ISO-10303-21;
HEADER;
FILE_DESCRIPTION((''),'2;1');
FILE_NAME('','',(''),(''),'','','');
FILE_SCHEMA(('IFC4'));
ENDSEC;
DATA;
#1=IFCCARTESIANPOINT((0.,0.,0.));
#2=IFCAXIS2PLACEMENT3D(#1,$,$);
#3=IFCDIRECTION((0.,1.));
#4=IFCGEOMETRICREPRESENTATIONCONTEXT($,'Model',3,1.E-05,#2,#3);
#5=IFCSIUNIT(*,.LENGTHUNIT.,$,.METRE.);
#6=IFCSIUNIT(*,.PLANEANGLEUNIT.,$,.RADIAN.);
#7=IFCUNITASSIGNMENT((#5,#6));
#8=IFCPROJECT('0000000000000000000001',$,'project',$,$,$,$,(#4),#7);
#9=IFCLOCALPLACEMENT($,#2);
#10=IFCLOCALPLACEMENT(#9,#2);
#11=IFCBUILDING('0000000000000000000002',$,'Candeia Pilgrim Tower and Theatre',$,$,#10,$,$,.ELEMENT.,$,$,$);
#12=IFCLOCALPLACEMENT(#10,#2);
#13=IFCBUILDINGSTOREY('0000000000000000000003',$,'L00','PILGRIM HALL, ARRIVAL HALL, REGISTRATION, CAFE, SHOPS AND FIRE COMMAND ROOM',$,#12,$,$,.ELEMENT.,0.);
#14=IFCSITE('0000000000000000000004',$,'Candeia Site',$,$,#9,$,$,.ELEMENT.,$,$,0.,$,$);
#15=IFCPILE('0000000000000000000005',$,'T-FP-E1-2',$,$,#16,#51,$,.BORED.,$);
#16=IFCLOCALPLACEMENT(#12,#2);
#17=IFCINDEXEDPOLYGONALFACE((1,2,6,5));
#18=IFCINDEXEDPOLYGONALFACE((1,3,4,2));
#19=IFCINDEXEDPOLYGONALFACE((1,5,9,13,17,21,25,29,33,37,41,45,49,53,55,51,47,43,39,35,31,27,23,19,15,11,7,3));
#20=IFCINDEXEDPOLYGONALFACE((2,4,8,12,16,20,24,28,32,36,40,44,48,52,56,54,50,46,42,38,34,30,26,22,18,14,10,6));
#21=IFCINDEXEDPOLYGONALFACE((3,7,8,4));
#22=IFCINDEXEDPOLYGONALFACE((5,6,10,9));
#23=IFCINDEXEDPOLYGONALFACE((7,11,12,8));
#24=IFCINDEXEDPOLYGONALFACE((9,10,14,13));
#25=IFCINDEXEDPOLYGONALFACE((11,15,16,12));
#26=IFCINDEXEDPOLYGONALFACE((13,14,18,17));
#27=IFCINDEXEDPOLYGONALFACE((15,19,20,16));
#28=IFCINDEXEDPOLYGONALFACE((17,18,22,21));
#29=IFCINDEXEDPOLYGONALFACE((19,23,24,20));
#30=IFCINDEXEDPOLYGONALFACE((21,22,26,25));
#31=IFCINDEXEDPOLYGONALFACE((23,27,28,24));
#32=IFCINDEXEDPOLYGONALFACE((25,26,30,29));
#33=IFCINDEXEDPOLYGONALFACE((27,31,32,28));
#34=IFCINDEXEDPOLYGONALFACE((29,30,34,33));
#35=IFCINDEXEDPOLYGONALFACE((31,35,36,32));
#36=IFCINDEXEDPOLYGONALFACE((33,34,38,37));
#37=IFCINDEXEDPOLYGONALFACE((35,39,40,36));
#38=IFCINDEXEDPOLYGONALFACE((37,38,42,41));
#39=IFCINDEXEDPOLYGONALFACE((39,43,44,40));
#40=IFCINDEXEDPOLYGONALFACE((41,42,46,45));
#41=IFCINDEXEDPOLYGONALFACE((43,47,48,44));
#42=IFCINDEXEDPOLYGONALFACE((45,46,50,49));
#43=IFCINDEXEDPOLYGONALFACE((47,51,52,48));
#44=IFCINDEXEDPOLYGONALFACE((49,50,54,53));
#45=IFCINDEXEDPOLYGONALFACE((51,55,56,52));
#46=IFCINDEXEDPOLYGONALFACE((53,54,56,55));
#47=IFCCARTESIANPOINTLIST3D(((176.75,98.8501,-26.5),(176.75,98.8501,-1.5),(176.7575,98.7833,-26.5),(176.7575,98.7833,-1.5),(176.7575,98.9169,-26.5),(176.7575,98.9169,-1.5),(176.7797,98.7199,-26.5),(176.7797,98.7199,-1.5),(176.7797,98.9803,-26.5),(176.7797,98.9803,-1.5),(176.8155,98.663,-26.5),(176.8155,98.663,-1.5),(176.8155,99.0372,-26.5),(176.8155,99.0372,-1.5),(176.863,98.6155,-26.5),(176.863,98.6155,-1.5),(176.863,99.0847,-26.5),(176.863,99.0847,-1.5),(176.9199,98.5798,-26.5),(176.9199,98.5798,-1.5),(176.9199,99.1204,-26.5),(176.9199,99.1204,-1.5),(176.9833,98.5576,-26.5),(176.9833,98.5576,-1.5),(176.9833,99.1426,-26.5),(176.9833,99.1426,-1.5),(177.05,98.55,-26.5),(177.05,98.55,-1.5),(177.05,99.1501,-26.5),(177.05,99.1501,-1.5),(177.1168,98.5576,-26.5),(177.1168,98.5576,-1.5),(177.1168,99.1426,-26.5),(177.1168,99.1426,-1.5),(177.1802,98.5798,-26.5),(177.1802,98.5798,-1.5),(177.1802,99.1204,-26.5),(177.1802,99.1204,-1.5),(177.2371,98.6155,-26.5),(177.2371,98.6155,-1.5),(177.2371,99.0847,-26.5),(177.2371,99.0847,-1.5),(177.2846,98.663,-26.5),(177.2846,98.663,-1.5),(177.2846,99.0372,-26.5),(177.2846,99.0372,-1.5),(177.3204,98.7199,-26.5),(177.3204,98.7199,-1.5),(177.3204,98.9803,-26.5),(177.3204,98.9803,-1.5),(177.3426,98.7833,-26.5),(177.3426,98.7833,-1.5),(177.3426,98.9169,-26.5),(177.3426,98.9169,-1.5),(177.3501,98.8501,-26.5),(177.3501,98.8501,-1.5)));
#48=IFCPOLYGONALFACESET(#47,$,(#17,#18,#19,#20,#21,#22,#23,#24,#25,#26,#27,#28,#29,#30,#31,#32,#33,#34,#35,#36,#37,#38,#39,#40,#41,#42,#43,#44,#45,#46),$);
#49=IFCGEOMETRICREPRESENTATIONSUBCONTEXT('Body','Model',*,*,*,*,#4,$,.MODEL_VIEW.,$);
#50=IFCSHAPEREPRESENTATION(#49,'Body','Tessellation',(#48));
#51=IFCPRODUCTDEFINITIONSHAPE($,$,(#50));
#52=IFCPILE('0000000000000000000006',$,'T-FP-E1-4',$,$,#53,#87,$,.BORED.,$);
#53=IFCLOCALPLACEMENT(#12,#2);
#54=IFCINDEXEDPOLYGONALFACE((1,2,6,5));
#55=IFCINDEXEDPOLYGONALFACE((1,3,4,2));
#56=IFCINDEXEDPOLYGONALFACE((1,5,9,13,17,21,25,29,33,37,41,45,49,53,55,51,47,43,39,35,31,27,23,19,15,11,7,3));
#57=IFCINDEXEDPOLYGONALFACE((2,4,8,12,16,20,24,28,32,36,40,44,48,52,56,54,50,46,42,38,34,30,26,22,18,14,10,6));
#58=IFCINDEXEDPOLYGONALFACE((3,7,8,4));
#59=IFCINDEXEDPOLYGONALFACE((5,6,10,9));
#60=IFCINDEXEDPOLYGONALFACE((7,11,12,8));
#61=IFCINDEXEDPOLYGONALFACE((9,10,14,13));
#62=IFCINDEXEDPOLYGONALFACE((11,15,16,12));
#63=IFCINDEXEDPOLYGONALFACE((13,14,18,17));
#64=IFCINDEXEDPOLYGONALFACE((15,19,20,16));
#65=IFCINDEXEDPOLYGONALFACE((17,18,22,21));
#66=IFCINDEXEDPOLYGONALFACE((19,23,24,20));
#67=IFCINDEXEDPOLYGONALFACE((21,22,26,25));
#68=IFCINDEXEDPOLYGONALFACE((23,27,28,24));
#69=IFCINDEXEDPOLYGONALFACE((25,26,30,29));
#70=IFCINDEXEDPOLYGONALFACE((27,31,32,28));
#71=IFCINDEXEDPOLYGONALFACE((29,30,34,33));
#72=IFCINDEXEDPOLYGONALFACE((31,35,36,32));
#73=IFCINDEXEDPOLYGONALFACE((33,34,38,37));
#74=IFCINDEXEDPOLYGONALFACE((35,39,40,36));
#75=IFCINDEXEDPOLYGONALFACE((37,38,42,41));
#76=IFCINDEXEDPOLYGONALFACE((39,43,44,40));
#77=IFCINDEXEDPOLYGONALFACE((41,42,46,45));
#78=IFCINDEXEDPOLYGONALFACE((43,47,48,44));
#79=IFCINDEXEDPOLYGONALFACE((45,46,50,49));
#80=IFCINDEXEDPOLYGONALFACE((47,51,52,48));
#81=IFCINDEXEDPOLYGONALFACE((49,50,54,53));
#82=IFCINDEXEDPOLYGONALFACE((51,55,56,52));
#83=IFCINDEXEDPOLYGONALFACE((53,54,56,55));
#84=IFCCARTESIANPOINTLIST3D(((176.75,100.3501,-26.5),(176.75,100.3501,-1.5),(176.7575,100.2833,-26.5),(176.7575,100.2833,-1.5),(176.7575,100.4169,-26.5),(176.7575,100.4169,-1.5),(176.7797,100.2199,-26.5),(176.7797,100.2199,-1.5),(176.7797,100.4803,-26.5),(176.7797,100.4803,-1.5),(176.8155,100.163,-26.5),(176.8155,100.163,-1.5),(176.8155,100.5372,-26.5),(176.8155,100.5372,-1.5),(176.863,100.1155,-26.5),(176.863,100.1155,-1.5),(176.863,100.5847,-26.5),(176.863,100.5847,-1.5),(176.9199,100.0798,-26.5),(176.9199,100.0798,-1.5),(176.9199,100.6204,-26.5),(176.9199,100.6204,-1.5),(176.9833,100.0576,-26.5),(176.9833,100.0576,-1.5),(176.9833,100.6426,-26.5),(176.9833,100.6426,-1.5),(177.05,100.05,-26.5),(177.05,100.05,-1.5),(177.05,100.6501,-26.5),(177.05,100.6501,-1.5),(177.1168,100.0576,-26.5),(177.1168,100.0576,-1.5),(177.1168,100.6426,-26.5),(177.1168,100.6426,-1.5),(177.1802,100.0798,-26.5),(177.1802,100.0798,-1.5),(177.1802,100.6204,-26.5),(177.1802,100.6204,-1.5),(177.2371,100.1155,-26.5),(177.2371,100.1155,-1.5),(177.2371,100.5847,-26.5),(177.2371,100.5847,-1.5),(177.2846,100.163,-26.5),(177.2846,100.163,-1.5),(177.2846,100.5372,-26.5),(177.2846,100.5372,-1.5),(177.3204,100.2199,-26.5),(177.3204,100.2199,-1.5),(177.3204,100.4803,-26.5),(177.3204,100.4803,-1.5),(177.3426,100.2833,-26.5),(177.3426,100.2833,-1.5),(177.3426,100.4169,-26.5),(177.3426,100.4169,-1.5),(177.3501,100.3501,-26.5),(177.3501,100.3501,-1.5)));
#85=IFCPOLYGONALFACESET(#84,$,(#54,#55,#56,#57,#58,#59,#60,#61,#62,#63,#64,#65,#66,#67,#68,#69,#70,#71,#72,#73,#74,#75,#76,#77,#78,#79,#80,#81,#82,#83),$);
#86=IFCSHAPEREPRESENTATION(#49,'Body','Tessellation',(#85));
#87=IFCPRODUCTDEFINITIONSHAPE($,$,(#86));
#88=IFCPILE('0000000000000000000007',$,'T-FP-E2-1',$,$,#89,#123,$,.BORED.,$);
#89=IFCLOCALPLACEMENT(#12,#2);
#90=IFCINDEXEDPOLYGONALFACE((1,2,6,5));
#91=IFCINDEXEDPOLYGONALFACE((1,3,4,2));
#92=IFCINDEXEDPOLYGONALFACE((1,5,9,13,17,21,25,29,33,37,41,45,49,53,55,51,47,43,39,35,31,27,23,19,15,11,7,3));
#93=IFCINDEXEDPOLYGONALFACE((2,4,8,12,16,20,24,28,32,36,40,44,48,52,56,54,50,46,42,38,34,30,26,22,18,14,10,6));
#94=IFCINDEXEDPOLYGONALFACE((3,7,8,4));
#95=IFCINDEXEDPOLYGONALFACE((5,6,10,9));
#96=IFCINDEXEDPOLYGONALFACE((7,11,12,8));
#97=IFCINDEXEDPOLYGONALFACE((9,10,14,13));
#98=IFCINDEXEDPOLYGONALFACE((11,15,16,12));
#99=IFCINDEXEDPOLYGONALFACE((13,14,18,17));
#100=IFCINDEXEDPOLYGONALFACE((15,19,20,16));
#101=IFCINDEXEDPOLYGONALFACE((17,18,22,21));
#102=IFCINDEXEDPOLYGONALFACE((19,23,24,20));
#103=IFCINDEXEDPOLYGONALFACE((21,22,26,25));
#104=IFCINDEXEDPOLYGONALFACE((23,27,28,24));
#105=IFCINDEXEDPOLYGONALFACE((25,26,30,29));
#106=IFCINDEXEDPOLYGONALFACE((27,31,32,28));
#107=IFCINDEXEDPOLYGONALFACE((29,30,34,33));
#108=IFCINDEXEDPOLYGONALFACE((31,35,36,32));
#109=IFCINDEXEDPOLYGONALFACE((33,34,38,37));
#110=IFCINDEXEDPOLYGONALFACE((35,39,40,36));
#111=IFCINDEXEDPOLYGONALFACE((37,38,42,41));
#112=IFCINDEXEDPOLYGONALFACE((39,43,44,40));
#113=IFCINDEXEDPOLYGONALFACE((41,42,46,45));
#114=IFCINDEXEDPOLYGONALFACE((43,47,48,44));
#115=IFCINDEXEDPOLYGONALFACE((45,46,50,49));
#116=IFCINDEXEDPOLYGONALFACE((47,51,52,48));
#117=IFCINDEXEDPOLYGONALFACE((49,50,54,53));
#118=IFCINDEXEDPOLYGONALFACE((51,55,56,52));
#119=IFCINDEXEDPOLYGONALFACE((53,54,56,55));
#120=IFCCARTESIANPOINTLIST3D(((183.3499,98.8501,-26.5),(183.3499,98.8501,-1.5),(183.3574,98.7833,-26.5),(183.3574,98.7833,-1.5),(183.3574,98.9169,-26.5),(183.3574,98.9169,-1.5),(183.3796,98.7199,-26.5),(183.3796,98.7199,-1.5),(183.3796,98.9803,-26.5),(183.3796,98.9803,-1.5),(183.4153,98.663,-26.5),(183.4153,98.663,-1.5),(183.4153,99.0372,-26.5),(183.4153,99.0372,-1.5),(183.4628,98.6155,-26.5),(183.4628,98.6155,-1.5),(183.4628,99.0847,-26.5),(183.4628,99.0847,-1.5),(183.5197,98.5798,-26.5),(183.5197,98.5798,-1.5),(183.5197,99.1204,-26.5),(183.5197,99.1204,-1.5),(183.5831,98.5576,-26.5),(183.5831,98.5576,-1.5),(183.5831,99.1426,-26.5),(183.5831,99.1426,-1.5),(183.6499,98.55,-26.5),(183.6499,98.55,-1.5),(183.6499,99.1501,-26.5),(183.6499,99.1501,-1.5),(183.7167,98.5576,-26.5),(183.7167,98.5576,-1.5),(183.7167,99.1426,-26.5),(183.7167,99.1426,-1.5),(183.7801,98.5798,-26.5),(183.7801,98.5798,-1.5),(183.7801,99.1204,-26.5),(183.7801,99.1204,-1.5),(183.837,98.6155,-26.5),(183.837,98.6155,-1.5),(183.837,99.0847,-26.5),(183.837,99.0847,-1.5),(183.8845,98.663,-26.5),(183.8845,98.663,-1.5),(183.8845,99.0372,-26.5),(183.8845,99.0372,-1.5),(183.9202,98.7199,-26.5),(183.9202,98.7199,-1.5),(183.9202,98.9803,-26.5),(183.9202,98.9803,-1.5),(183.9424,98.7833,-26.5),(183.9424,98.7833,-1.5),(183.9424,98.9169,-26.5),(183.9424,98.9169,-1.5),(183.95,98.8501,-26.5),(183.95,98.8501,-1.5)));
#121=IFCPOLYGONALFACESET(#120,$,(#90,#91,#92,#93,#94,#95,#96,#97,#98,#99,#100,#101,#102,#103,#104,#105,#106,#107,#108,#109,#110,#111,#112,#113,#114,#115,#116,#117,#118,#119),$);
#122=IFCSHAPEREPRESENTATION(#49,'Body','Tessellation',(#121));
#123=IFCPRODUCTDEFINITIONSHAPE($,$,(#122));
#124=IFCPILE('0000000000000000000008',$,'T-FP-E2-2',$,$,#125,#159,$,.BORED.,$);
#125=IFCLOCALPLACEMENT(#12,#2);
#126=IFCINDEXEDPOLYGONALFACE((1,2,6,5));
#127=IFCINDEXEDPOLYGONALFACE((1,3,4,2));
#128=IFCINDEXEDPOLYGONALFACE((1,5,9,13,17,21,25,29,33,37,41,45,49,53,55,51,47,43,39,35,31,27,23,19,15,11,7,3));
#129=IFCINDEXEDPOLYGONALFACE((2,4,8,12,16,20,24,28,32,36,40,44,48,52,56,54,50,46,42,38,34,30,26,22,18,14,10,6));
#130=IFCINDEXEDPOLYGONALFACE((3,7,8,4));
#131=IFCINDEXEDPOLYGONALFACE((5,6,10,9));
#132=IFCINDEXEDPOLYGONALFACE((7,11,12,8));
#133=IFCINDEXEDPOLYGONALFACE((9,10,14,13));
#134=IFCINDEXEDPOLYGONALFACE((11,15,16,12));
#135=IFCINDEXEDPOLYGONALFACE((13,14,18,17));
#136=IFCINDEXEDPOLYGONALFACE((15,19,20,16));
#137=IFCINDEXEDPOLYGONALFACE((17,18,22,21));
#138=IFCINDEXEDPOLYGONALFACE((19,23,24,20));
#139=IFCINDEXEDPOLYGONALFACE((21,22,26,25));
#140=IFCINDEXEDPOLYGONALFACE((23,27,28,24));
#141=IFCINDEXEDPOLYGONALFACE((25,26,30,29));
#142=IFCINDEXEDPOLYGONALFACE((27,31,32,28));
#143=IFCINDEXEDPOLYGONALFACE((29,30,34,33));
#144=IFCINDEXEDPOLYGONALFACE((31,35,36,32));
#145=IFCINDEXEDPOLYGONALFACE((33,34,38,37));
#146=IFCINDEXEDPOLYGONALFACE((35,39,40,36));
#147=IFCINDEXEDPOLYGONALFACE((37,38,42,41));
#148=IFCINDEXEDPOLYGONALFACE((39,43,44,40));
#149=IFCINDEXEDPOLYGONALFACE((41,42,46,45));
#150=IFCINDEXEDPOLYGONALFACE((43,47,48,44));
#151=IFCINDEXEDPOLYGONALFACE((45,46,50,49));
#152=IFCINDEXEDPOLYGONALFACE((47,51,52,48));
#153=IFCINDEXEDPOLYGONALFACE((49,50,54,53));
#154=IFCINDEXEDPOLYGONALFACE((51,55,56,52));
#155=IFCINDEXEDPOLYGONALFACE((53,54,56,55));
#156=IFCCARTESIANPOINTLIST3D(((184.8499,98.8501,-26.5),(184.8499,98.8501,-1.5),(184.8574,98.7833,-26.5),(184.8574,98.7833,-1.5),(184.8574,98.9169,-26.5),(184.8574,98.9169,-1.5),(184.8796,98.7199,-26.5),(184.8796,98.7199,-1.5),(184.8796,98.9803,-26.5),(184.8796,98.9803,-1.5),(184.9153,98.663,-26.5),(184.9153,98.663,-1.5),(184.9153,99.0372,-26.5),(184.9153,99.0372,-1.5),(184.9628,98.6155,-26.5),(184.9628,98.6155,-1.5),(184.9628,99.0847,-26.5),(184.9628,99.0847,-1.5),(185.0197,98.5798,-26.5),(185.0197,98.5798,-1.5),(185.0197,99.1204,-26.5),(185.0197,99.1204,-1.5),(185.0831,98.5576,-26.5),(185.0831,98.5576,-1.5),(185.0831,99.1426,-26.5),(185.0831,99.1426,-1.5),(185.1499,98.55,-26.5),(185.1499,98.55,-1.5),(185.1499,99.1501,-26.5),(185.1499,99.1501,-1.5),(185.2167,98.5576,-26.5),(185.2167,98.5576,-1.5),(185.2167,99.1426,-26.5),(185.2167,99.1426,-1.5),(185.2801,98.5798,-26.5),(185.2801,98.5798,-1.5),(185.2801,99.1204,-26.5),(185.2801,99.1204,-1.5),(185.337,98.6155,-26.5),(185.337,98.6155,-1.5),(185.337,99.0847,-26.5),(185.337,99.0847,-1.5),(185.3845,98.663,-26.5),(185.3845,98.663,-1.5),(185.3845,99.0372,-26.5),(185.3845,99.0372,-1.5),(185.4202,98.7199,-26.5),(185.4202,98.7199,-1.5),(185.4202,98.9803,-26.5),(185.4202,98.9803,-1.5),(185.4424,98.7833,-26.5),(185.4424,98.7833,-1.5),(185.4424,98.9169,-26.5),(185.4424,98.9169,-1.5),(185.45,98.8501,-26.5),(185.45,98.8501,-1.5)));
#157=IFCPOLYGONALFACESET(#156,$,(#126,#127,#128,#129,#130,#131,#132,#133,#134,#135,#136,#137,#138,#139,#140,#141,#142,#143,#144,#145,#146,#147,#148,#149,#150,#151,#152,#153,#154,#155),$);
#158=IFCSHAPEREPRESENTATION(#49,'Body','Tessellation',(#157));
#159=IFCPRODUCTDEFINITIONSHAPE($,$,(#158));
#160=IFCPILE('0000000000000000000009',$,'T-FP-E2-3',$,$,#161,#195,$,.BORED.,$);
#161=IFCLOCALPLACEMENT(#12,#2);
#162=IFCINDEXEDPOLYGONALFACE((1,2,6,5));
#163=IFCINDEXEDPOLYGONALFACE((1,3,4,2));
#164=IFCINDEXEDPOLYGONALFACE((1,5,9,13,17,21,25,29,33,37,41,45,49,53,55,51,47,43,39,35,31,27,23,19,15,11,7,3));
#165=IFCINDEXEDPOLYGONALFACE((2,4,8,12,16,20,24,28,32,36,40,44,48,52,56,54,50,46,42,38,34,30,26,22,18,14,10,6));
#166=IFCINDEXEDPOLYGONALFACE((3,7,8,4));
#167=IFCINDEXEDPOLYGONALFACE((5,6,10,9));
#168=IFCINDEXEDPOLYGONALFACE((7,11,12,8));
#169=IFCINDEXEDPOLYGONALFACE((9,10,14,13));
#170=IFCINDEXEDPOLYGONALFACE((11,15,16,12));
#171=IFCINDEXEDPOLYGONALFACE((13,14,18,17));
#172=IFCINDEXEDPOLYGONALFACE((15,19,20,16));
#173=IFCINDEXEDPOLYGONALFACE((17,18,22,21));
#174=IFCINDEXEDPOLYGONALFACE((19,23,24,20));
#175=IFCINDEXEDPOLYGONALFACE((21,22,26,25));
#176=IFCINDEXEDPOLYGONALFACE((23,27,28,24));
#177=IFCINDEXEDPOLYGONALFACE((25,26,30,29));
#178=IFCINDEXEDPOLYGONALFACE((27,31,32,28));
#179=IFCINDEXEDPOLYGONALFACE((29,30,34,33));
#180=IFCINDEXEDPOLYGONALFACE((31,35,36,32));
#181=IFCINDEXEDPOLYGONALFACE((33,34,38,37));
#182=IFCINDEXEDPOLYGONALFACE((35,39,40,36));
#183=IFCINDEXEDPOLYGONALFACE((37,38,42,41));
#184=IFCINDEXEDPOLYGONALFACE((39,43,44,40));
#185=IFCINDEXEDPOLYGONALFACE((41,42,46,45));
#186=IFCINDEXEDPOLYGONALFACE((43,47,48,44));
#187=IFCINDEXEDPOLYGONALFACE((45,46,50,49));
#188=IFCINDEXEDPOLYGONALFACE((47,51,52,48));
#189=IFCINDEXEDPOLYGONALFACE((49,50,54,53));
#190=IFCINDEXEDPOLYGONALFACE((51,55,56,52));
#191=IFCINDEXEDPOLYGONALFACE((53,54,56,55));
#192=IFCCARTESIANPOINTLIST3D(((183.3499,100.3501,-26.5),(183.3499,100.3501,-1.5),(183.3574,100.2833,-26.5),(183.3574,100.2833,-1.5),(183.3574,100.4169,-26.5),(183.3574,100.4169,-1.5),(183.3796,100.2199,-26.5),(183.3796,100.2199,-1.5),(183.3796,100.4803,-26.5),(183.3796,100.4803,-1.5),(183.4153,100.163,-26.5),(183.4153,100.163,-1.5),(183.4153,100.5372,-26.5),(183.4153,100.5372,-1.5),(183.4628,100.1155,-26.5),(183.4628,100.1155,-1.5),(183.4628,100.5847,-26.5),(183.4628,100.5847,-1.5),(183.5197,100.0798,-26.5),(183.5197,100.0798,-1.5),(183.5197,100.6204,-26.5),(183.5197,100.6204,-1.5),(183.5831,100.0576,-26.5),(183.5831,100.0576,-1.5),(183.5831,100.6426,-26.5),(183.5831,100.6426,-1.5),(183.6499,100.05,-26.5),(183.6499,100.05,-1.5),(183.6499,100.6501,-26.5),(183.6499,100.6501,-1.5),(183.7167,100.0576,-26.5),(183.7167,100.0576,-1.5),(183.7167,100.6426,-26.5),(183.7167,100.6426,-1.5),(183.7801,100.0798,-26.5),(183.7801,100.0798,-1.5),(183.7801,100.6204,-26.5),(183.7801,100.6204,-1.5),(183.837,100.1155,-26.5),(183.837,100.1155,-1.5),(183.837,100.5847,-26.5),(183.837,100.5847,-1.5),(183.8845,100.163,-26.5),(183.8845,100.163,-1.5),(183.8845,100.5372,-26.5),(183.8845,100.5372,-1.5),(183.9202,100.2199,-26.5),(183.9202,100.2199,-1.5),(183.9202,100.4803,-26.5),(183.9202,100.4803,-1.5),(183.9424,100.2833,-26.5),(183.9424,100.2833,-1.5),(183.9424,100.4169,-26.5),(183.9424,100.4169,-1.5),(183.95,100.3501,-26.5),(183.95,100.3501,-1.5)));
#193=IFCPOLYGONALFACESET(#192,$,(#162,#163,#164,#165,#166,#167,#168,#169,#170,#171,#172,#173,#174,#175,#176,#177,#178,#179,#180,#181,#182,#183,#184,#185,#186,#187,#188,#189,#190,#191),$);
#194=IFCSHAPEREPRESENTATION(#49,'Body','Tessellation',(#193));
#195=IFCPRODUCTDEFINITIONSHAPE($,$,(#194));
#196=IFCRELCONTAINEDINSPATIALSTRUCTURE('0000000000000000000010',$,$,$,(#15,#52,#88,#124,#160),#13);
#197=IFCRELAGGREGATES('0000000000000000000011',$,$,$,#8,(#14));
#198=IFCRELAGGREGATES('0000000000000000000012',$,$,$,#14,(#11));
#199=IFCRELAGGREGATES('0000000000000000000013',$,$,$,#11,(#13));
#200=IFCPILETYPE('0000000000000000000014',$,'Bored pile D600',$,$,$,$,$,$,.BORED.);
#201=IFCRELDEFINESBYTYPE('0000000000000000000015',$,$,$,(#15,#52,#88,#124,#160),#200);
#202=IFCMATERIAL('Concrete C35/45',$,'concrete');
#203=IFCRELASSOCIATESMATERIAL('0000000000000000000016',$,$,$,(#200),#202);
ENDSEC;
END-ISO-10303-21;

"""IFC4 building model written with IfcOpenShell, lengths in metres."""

from ifc_helpers import new_model, si_unit, direction, frame, origin, origin_2d, place, context, subcontext, project, spatial, circle, extrude, material, type_object, element, save


model = new_model("IFC4")

# Units and contexts
model_context = context("Model", 3, precision=1e-05, world=origin(), true_north=direction((0.0, 1.0)))
body_context = subcontext(model_context, "Body", "Model", "MODEL_VIEW")
ifc_project = project(units=[si_unit("LENGTHUNIT", "METRE"), si_unit("PLANEANGLEUNIT", "RADIAN")], contexts=[model_context])

# Site, building, storey
site_placement = place(None, origin())
site = spatial("IfcSite", under=ifc_project, at=site_placement, Name="Candeia Site", CompositionType="ELEMENT", RefElevation=0.0)
building_placement = place(site_placement, origin())
building = spatial("IfcBuilding", under=site, at=building_placement, Name="Candeia Pilgrim Tower and Theatre", CompositionType="ELEMENT")
storey_placement = place(building_placement, origin())
storey = spatial("IfcBuildingStorey", under=building, at=storey_placement, Name="L00", Description="PILGRIM HALL, ARRIVAL HALL, REGISTRATION, CAFE, SHOPS AND FIRE COMMAND ROOM", CompositionType="ELEMENT", Elevation=0.0)

# Piles
ifc_material_1 = material(Name="Concrete C35/45", Category="concrete")
pile_type = type_object("IfcPileType", Name="Bored pile D600", PredefinedType="BORED", material=ifc_material_1)
for number, where, z_axis, x_axis, name in (
    (1, (177.05, 98.8501, -1.5), (0.0, 0.0, -1.0), (1.0, 0.0, 0.0), "T-FP-E1-2"),
    (2, (177.05, 100.3501, -1.5), (0.0, 0.0, -1.0), (1.0, 0.0, 0.0), "T-FP-E1-4"),
    (3, (183.6499, 98.8501, -1.5), (0.0, 0.0, -1.0), (1.0, 0.0, 0.0), "T-FP-E2-1"),
    (4, (185.1499, 98.8501, -1.5), (0.0, 0.0, -1.0), (1.0, 0.0, 0.0), "T-FP-E2-2"),
    (5, (183.6499, 100.3501, -1.5), (0.0, 0.0, -1.0), (1.0, 0.0, 0.0), "T-FP-E2-3"),
):
    element("IfcPile", number, at=place(storey_placement, frame(where, z_axis=z_axis, x_axis=x_axis)), inside=storey, type_object=pile_type, Name=name, PredefinedType="BORED", context=body_context, shape_type="SweptSolid", body=[
        extrude(circle(Radius=0.3, at=origin_2d()), origin(), (0.0, 0.0, 1.0), 25.0),
    ])

save(model, "model.ifc")
